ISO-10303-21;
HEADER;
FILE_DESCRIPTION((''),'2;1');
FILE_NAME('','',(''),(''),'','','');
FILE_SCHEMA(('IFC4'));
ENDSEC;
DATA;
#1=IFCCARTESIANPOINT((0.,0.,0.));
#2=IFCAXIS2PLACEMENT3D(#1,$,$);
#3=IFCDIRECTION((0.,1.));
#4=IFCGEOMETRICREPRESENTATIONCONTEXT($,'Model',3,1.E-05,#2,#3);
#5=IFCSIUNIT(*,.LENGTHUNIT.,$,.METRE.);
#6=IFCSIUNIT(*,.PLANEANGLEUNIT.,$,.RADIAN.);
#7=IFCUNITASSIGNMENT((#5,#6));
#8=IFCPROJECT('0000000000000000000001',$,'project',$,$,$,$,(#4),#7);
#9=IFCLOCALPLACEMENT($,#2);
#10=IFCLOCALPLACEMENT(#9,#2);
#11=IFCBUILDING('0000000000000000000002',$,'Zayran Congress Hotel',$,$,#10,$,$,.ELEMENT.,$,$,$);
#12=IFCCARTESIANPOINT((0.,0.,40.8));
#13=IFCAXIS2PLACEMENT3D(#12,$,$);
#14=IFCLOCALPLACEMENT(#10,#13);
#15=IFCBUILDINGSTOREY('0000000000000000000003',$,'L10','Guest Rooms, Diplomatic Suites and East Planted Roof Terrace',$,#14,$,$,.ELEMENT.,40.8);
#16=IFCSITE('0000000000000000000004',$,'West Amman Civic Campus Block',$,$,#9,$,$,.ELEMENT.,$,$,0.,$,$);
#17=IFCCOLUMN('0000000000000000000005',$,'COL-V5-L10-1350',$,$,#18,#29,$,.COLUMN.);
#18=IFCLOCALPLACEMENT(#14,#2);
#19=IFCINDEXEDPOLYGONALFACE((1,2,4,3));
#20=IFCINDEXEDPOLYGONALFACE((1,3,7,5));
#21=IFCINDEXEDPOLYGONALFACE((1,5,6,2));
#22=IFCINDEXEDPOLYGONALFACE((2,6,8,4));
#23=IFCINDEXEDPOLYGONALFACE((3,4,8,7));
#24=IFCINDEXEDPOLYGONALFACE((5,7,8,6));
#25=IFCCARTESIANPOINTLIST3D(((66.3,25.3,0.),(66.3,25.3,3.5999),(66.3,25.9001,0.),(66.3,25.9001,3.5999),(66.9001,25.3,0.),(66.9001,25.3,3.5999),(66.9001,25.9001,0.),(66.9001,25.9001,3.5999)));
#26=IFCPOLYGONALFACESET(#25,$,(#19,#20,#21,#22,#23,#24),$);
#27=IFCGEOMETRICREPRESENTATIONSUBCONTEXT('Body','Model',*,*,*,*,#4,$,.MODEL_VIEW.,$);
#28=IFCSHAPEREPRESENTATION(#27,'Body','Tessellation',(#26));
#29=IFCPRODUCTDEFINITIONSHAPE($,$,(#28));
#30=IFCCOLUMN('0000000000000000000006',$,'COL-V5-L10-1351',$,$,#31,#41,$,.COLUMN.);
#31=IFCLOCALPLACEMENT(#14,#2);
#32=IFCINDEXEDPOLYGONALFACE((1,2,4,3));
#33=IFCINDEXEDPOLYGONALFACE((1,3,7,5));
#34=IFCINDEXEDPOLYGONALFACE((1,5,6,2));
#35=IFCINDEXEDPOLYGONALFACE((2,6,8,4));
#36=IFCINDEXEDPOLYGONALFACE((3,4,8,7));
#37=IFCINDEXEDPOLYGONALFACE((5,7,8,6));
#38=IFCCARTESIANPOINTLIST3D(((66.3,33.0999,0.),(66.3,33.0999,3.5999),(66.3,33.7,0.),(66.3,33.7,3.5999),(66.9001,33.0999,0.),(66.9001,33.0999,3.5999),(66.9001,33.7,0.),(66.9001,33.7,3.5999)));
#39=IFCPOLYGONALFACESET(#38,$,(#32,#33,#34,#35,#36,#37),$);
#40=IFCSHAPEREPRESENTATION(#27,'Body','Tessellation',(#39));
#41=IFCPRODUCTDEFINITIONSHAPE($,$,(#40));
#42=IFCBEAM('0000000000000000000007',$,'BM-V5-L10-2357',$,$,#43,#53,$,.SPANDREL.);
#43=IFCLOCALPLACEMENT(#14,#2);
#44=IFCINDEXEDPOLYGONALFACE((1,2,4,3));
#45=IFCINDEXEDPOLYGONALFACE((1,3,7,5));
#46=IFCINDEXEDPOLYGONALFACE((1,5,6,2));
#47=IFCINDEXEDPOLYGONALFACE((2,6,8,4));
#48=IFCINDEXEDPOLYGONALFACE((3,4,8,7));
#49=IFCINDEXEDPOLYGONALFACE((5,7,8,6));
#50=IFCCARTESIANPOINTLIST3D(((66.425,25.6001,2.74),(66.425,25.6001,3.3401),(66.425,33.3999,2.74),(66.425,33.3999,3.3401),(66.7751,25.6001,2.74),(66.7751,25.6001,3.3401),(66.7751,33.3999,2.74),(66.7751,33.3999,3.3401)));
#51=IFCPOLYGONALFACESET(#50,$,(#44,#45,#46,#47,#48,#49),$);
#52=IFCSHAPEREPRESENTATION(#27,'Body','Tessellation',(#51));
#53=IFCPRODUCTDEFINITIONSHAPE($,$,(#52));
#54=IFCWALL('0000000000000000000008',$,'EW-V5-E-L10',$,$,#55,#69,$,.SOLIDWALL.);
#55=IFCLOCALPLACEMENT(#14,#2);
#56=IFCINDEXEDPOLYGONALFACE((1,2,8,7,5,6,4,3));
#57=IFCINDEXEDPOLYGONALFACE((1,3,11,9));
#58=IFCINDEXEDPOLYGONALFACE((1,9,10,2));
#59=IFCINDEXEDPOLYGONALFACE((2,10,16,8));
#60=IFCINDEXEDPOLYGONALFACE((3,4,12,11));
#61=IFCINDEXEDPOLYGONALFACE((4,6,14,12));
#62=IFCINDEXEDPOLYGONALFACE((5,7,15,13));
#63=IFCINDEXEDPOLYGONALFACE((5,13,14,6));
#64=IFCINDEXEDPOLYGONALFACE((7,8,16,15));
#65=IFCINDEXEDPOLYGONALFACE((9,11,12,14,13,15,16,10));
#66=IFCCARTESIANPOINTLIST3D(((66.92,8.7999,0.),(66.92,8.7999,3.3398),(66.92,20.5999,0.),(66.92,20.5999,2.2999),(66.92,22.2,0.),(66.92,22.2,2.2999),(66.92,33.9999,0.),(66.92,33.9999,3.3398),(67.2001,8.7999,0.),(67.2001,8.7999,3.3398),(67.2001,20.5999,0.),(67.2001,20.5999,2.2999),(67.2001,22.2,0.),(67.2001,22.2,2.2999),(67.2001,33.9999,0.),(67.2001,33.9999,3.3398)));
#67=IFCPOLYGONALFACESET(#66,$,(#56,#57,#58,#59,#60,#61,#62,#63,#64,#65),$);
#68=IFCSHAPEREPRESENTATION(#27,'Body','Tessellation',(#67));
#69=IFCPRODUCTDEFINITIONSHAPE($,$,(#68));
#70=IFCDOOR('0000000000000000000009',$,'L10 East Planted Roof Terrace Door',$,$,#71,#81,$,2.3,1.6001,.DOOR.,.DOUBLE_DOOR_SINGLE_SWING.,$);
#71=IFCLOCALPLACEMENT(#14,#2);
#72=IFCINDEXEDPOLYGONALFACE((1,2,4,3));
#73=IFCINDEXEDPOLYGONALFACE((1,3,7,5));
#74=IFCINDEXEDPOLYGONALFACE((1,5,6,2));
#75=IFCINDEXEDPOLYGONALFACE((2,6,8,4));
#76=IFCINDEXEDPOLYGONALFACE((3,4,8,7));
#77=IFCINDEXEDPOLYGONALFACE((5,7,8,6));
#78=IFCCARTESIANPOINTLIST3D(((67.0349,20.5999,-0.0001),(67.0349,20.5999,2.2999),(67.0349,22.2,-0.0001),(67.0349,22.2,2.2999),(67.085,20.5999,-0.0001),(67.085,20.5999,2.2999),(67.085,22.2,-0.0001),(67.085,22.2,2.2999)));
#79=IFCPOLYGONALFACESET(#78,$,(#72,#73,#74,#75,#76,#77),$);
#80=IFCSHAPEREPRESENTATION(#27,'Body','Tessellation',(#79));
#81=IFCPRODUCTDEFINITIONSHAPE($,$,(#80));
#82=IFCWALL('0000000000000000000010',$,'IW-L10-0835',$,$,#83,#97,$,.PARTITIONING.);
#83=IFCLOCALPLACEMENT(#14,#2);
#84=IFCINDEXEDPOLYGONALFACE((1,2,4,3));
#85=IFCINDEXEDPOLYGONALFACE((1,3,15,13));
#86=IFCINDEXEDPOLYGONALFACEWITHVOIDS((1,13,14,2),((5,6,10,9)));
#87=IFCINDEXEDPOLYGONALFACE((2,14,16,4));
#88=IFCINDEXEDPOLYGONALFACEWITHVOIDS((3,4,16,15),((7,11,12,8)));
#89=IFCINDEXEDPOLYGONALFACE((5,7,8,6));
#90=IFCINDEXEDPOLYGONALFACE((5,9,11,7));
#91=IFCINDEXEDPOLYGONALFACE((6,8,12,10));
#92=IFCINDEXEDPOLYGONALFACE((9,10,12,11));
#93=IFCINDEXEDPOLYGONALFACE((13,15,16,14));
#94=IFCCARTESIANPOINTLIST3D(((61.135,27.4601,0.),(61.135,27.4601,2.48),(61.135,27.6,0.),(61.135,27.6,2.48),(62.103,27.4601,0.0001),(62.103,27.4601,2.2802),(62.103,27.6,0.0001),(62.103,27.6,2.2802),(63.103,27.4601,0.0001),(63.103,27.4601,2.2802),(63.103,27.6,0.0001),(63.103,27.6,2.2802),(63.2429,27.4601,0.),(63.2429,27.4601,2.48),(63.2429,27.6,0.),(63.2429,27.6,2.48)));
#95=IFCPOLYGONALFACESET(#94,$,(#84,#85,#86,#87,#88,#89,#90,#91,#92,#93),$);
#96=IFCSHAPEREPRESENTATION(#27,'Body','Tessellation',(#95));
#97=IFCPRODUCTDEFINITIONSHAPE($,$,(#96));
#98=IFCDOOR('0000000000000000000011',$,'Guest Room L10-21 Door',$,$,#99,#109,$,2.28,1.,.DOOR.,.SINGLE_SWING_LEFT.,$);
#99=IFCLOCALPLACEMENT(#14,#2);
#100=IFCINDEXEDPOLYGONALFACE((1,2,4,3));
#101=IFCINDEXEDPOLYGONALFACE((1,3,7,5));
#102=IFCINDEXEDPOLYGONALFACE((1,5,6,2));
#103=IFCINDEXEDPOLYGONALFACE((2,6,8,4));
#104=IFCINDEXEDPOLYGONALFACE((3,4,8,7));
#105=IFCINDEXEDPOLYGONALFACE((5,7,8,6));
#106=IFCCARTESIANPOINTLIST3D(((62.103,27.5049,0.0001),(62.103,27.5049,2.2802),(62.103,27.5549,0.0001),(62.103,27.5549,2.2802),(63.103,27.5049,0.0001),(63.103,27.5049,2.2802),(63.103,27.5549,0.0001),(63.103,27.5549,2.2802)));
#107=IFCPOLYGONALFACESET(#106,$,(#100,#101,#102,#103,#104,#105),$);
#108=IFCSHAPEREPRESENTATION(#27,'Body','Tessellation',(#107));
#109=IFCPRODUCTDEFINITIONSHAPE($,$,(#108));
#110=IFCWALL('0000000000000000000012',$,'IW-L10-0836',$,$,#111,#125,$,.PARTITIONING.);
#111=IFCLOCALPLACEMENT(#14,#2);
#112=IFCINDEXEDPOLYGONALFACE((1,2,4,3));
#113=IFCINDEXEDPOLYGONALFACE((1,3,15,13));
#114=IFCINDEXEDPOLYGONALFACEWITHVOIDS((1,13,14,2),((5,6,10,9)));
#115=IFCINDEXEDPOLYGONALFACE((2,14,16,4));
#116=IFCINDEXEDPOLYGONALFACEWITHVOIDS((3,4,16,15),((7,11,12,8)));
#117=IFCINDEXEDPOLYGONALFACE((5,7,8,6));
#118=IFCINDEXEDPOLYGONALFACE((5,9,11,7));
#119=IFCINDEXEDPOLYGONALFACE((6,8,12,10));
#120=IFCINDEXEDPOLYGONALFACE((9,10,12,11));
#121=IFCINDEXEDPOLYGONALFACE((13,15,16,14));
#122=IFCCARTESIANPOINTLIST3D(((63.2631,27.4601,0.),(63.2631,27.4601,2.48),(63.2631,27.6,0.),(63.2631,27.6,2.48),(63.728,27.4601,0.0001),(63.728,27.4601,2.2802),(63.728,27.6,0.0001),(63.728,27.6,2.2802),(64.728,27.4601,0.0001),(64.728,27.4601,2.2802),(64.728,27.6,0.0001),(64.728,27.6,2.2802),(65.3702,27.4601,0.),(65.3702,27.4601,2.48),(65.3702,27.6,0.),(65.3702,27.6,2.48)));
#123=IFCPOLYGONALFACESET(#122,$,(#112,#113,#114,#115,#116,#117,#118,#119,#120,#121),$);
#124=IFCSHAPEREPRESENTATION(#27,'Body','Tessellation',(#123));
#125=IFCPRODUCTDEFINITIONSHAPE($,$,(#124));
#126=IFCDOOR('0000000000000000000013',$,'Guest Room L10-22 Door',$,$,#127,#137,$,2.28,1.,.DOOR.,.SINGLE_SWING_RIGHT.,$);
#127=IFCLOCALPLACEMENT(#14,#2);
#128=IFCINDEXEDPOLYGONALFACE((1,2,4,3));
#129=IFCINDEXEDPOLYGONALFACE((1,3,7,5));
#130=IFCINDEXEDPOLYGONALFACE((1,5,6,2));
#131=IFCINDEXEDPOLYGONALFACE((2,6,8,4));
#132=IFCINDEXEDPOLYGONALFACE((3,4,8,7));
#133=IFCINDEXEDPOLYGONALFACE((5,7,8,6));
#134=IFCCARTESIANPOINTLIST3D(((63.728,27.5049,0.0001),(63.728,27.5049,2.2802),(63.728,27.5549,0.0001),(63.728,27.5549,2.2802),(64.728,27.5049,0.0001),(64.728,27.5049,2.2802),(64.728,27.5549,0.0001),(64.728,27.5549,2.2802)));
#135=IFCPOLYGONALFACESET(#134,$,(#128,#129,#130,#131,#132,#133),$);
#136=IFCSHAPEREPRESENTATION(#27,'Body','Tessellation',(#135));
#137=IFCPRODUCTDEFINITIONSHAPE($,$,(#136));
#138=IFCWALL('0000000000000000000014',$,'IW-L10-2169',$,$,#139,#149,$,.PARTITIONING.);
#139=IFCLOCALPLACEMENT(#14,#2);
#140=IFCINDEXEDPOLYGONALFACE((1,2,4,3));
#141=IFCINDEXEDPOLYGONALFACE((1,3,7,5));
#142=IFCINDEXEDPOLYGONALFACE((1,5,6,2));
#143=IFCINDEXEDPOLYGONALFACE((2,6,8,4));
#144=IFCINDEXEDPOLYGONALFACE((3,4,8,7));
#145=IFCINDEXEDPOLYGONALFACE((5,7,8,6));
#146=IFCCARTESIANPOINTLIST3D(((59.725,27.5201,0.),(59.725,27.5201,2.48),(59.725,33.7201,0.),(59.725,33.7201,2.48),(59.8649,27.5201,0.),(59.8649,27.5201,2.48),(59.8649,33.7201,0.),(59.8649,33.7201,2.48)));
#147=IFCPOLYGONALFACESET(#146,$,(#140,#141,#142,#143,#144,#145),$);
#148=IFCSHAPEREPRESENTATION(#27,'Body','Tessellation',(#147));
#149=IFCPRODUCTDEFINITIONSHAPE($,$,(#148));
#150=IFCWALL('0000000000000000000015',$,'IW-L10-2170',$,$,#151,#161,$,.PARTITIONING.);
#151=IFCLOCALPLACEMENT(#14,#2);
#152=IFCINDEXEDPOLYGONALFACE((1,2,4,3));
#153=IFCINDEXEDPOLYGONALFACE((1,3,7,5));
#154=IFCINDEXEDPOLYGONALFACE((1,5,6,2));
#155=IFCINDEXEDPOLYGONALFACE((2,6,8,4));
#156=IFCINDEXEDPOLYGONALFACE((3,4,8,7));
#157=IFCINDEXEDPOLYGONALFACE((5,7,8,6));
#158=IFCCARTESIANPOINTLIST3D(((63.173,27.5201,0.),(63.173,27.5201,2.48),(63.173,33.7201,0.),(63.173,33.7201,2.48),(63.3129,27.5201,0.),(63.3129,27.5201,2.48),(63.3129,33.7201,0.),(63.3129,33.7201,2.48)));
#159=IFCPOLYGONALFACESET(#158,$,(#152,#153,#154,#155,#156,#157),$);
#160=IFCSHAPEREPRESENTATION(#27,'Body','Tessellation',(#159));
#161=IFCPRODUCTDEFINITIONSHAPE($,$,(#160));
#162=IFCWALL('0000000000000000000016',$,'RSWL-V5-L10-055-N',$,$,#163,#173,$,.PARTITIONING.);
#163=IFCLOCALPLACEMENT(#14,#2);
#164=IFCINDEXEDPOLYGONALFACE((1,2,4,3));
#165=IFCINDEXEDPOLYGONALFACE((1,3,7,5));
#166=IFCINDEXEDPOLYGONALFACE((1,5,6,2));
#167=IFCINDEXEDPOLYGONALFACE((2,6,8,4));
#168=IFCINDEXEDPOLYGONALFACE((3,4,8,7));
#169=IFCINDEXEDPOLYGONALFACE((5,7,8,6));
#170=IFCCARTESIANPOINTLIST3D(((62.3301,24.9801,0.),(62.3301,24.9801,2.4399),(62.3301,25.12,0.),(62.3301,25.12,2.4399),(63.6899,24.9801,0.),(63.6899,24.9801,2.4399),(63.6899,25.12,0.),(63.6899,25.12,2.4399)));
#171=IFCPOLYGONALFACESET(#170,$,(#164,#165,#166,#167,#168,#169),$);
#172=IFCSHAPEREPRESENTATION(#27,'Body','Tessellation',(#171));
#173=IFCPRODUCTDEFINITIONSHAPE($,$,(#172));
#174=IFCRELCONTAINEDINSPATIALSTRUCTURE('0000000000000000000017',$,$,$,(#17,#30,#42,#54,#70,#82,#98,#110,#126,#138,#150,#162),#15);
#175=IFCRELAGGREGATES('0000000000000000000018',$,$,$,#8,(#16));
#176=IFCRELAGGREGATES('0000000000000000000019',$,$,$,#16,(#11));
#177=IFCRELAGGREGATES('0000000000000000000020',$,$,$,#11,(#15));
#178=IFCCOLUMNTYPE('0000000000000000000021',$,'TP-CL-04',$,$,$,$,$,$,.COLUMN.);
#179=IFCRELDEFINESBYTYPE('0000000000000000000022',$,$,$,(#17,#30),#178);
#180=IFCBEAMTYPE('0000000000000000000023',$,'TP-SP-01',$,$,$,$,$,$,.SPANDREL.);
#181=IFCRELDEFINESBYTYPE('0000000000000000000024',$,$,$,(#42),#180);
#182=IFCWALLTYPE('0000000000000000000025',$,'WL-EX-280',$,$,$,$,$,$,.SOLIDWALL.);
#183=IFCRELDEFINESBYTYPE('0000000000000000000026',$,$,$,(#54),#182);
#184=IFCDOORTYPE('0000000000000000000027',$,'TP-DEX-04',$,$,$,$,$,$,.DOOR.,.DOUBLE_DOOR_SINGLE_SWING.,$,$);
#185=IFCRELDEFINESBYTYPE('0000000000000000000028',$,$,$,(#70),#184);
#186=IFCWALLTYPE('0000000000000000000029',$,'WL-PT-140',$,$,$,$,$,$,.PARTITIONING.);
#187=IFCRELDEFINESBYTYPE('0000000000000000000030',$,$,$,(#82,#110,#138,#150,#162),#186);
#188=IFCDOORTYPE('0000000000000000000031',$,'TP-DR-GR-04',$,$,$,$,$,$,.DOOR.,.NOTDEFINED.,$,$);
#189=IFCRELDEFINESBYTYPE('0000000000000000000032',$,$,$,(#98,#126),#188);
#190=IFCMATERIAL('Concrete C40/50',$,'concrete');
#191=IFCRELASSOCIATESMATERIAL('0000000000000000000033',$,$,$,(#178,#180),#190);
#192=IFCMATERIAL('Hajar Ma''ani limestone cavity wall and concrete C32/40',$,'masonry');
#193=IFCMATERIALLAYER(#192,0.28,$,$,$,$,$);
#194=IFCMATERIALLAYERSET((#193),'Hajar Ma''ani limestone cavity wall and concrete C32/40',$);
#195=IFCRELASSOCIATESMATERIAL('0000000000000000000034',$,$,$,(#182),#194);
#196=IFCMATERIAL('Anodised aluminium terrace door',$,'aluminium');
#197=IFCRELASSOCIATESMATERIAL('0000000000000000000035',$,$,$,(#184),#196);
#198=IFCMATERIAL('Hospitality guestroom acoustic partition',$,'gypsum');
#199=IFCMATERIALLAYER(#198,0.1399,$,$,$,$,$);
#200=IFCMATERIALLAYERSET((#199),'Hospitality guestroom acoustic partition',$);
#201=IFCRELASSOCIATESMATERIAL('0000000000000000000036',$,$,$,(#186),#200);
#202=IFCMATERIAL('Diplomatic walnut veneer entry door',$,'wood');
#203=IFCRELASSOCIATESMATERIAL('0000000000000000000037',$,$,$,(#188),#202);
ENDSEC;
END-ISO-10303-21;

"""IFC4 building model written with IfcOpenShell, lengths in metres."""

from ifc_helpers import new_model, si_unit, direction, frame, frame_2d, origin, origin_2d, place, context, subcontext, project, spatial, rectangle, extrude, material, layer, layer_set, material_profile, profile_set, type_object, element, fill, save


model = new_model("IFC4")

# Units and contexts
model_context = context("Model", 3, precision=1e-05, world=origin(), true_north=direction((0.0, 1.0)))
body_context = subcontext(model_context, "Body", "Model", "MODEL_VIEW")
ifc_project = project(units=[si_unit("LENGTHUNIT", "METRE"), si_unit("PLANEANGLEUNIT", "RADIAN")], contexts=[model_context])

# Site, building, storey
site_placement = place(None, origin())
site = spatial("IfcSite", under=ifc_project, at=site_placement, Name="West Amman Civic Campus Block", CompositionType="ELEMENT", RefElevation=0.0)
building_placement = place(site_placement, origin())
building = spatial("IfcBuilding", under=site, at=building_placement, Name="Zayran Congress Hotel", CompositionType="ELEMENT")
storey_placement = place(building_placement, frame((0.0, 0.0, 40.8)))
storey = spatial("IfcBuildingStorey", under=building, at=storey_placement, Name="L10", Description="Guest Rooms, Diplomatic Suites and East Planted Roof Terrace", CompositionType="ELEMENT", Elevation=40.8)

# Columns
ifc_material_1 = material(Name="Concrete C40/50", Category="concrete")
ifc_material_profile_1 = material_profile(ifc_material_1, rectangle(XDim=0.6001, YDim=0.6001, at=origin_2d()), Name="RC 600x600")
ifc_profile_set_1 = profile_set([ifc_material_profile_1], Name="Concrete C40/50")
column_type = type_object("IfcColumnType", Name="TP-CL-04", PredefinedType="COLUMN", material=ifc_profile_set_1)
for number, where, z_axis, x_axis, name in (
    (1, (66.6001, 25.6001, 0.0), (0.0, 0.0, 1.0), (1.0, 0.0, 0.0), "COL-V5-L10-1350"),
    (2, (66.6001, 33.3999, 0.0), (0.0, 0.0, 1.0), (1.0, 0.0, 0.0), "COL-V5-L10-1351"),
):
    element("IfcColumn", number, at=place(storey_placement, frame(where, z_axis=z_axis, x_axis=x_axis)), inside=storey, type_object=column_type, Name=name, PredefinedType="COLUMN", context=body_context, shape_type="SweptSolid", body=[
        extrude(rectangle(XDim=0.6001, YDim=0.6001, at=origin_2d()), origin(), (0.0, 0.0, 1.0), 3.5999),
    ])

# Beam
ifc_material_profile_2 = material_profile(ifc_material_1, rectangle(XDim=0.3501, YDim=0.6001, at=origin_2d()), Name="RC 350x600")
ifc_profile_set_2 = profile_set([ifc_material_profile_2], Name="Concrete C40/50")
beam_type = type_object("IfcBeamType", Name="TP-SP-01", PredefinedType="SPANDREL", material=ifc_profile_set_2)
beam_placement = place(storey_placement, frame((66.6001, 25.6001, 3.04), z_axis=(0.0, 1.0, 0.0), x_axis=(-1.0, 0.0, 0.0)))
element("IfcBeam", 3, at=beam_placement, inside=storey, type_object=beam_type, Name="BM-V5-L10-2357", PredefinedType="SPANDREL", context=body_context, shape_type="SweptSolid", body=[
    extrude(rectangle(XDim=0.3501, YDim=0.6001, at=origin_2d()), origin(), (0.0, 0.0, 1.0), 7.7998),
])

# Walls, openings, doors
ifc_material_2 = material(Name="Hajar Ma'ani limestone cavity wall and concrete C32/40", Category="masonry")
ifc_layer_1 = layer(ifc_material_2, 0.28)
ifc_layer_set_1 = layer_set([ifc_layer_1], Name="Hajar Ma'ani limestone cavity wall and concrete C32/40")
wall_type_1 = type_object("IfcWallType", Name="WL-EX-280", PredefinedType="SOLIDWALL", material=ifc_layer_set_1)
wall_1_placement = place(storey_placement, frame((67.0601, 34.0, 0.0), z_axis=(0.0, 0.0, 1.0), x_axis=(0.0, -1.0, 0.0)))
wall_1 = element("IfcWall", 4, at=wall_1_placement, inside=storey, type_object=wall_type_1, Name="EW-V5-E-L10", PredefinedType="SOLIDWALL", context=body_context, shape_type="SweptSolid", body=[
    extrude(rectangle(XDim=25.2, YDim=0.28, at=frame_2d((12.6001, 0.0))), origin(), (0.0, 0.0, 1.0), 3.3398),
])
opening_1_placement = place(wall_1_placement, frame((11.8, 0.0, 0.0)))
opening_1 = element("IfcOpeningElement", 5, at=opening_1_placement, cuts=wall_1, PredefinedType="OPENING", context=body_context, shape_type="SweptSolid", body=[
    extrude(rectangle(XDim=1.6001, YDim=2.3, at=frame_2d((0.8, 1.1499))), frame((0.0, 0.1499, 0.0), z_axis=(0.0, -1.0, 0.0), x_axis=(1.0, 0.0, 0.0)), (0.0, 0.0, 1.0), 0.3),
])
ifc_material_3 = material(Name="Anodised aluminium terrace door", Category="aluminium")
door_type_1 = type_object("IfcDoorType", Name="TP-DEX-04", OperationType="DOUBLE_DOOR_SINGLE_SWING", PredefinedType="DOOR", material=ifc_material_3)
door_1_placement = place(opening_1_placement, origin())
door_1 = element("IfcDoor", 6, at=door_1_placement, inside=storey, type_object=door_type_1, Name="L10 East Planted Roof Terrace Door", OperationType="DOUBLE_DOOR_SINGLE_SWING", OverallHeight=2.3, OverallWidth=1.6001, PredefinedType="DOOR", context=body_context, shape_type="SweptSolid", body=[
    extrude(rectangle(XDim=1.6001, YDim=2.3, at=frame_2d((0.8, 1.1499))), frame((0.0, 0.0249, 0.0), z_axis=(0.0, -1.0, 0.0), x_axis=(1.0, 0.0, 0.0)), (0.0, 0.0, 1.0), 0.05),
])
fill(opening_1, door_1)
ifc_material_4 = material(Name="Hospitality guestroom acoustic partition", Category="gypsum")
ifc_layer_2 = layer(ifc_material_4, 0.1399)
ifc_layer_set_2 = layer_set([ifc_layer_2], Name="Hospitality guestroom acoustic partition")
wall_type_2 = type_object("IfcWallType", Name="WL-PT-140", PredefinedType="PARTITIONING", material=ifc_layer_set_2)
wall_2_placement = place(storey_placement, frame((61.135, 27.53, 0.0), z_axis=(0.0, 0.0, 1.0), x_axis=(1.0, 0.0, 0.0)))
wall_2 = element("IfcWall", 7, at=wall_2_placement, inside=storey, type_object=wall_type_2, Name="IW-L10-0835", PredefinedType="PARTITIONING", context=body_context, shape_type="SweptSolid", body=[
    extrude(rectangle(XDim=2.1079, YDim=0.1399, at=frame_2d((1.054, 0.0))), origin(), (0.0, 0.0, 1.0), 2.48),
])
opening_2_placement = place(wall_2_placement, frame((0.968, 0.0, 0.0)))
opening_2 = element("IfcOpeningElement", 8, at=opening_2_placement, cuts=wall_2, PredefinedType="OPENING", context=body_context, shape_type="SweptSolid", body=[
    extrude(rectangle(XDim=1.0, YDim=2.28, at=frame_2d((0.5, 1.1401))), frame((0.0, 0.0798, 0.0), z_axis=(0.0, -1.0, 0.0), x_axis=(1.0, 0.0, 0.0)), (0.0, 0.0, 1.0), 0.1599),
])
ifc_material_5 = material(Name="Diplomatic walnut veneer entry door", Category="wood")
door_type_2 = type_object("IfcDoorType", Name="TP-DR-GR-04", OperationType="NOTDEFINED", PredefinedType="DOOR", material=ifc_material_5)
door_2_placement = place(opening_2_placement, origin())
door_2 = element("IfcDoor", 9, at=door_2_placement, inside=storey, type_object=door_type_2, Name="Guest Room L10-21 Door", OperationType="SINGLE_SWING_LEFT", OverallHeight=2.28, OverallWidth=1.0, PredefinedType="DOOR", context=body_context, shape_type="SweptSolid", body=[
    extrude(rectangle(XDim=1.0, YDim=2.28, at=frame_2d((0.5, 1.1401))), frame((0.0, 0.0249, 0.0), z_axis=(0.0, -1.0, 0.0), x_axis=(1.0, 0.0, 0.0)), (0.0, 0.0, 1.0), 0.05),
])
fill(opening_2, door_2)
wall_3_placement = place(storey_placement, frame((63.2629, 27.53, 0.0), z_axis=(0.0, 0.0, 1.0), x_axis=(1.0, 0.0, 0.0)))
wall_3 = element("IfcWall", 10, at=wall_3_placement, inside=storey, type_object=wall_type_2, Name="IW-L10-0836", PredefinedType="PARTITIONING", context=body_context, shape_type="SweptSolid", body=[
    extrude(rectangle(XDim=2.1072, YDim=0.1399, at=frame_2d((1.0537, 0.0))), origin(), (0.0, 0.0, 1.0), 2.48),
])
opening_3_placement = place(wall_3_placement, frame((0.4651, 0.0, 0.0)))
opening_3 = element("IfcOpeningElement", 11, at=opening_3_placement, cuts=wall_3, PredefinedType="OPENING", context=body_context, shape_type="SweptSolid", body=[
    extrude(rectangle(XDim=1.0, YDim=2.28, at=frame_2d((0.5, 1.1401))), frame((0.0, 0.0798, 0.0), z_axis=(0.0, -1.0, 0.0), x_axis=(1.0, 0.0, 0.0)), (0.0, 0.0, 1.0), 0.1599),
])
door_3_placement = place(opening_3_placement, origin())
door_3 = element("IfcDoor", 12, at=door_3_placement, inside=storey, type_object=door_type_2, Name="Guest Room L10-22 Door", OperationType="SINGLE_SWING_RIGHT", OverallHeight=2.28, OverallWidth=1.0, PredefinedType="DOOR", context=body_context, shape_type="SweptSolid", body=[
    extrude(rectangle(XDim=1.0, YDim=2.28, at=frame_2d((0.5, 1.1401))), frame((0.0, 0.0249, 0.0), z_axis=(0.0, -1.0, 0.0), x_axis=(1.0, 0.0, 0.0)), (0.0, 0.0, 1.0), 0.05),
])
fill(opening_3, door_3)

# Walls
for number, where, z_axis, x_axis, name in (
    (13, (59.7949, 27.52, 0.0), (0.0, 0.0, 1.0), (0.0, 1.0, 0.0), "IW-L10-2169"),
    (14, (63.2429, 27.52, 0.0), (0.0, 0.0, 1.0), (0.0, 1.0, 0.0), "IW-L10-2170"),
):
    element("IfcWall", number, at=place(storey_placement, frame(where, z_axis=z_axis, x_axis=x_axis)), inside=storey, type_object=wall_type_2, Name=name, PredefinedType="PARTITIONING", context=body_context, shape_type="SweptSolid", body=[
        extrude(rectangle(XDim=6.2, YDim=0.1399, at=frame_2d((3.1001, 0.0))), origin(), (0.0, 0.0, 1.0), 2.48),
    ])
wall_4_placement = place(storey_placement, frame((63.6899, 25.05, 0.0), z_axis=(0.0, 0.0, 1.0), x_axis=(-1.0, 0.0, 0.0)))
element("IfcWall", 15, at=wall_4_placement, inside=storey, type_object=wall_type_2, Name="RSWL-V5-L10-055-N", PredefinedType="PARTITIONING", context=body_context, shape_type="SweptSolid", body=[
    extrude(rectangle(XDim=1.3599, YDim=0.1399, at=frame_2d((0.6799, 0.0))), origin(), (0.0, 0.0, 1.0), 2.4399),
])

save(model, "model.ifc")
